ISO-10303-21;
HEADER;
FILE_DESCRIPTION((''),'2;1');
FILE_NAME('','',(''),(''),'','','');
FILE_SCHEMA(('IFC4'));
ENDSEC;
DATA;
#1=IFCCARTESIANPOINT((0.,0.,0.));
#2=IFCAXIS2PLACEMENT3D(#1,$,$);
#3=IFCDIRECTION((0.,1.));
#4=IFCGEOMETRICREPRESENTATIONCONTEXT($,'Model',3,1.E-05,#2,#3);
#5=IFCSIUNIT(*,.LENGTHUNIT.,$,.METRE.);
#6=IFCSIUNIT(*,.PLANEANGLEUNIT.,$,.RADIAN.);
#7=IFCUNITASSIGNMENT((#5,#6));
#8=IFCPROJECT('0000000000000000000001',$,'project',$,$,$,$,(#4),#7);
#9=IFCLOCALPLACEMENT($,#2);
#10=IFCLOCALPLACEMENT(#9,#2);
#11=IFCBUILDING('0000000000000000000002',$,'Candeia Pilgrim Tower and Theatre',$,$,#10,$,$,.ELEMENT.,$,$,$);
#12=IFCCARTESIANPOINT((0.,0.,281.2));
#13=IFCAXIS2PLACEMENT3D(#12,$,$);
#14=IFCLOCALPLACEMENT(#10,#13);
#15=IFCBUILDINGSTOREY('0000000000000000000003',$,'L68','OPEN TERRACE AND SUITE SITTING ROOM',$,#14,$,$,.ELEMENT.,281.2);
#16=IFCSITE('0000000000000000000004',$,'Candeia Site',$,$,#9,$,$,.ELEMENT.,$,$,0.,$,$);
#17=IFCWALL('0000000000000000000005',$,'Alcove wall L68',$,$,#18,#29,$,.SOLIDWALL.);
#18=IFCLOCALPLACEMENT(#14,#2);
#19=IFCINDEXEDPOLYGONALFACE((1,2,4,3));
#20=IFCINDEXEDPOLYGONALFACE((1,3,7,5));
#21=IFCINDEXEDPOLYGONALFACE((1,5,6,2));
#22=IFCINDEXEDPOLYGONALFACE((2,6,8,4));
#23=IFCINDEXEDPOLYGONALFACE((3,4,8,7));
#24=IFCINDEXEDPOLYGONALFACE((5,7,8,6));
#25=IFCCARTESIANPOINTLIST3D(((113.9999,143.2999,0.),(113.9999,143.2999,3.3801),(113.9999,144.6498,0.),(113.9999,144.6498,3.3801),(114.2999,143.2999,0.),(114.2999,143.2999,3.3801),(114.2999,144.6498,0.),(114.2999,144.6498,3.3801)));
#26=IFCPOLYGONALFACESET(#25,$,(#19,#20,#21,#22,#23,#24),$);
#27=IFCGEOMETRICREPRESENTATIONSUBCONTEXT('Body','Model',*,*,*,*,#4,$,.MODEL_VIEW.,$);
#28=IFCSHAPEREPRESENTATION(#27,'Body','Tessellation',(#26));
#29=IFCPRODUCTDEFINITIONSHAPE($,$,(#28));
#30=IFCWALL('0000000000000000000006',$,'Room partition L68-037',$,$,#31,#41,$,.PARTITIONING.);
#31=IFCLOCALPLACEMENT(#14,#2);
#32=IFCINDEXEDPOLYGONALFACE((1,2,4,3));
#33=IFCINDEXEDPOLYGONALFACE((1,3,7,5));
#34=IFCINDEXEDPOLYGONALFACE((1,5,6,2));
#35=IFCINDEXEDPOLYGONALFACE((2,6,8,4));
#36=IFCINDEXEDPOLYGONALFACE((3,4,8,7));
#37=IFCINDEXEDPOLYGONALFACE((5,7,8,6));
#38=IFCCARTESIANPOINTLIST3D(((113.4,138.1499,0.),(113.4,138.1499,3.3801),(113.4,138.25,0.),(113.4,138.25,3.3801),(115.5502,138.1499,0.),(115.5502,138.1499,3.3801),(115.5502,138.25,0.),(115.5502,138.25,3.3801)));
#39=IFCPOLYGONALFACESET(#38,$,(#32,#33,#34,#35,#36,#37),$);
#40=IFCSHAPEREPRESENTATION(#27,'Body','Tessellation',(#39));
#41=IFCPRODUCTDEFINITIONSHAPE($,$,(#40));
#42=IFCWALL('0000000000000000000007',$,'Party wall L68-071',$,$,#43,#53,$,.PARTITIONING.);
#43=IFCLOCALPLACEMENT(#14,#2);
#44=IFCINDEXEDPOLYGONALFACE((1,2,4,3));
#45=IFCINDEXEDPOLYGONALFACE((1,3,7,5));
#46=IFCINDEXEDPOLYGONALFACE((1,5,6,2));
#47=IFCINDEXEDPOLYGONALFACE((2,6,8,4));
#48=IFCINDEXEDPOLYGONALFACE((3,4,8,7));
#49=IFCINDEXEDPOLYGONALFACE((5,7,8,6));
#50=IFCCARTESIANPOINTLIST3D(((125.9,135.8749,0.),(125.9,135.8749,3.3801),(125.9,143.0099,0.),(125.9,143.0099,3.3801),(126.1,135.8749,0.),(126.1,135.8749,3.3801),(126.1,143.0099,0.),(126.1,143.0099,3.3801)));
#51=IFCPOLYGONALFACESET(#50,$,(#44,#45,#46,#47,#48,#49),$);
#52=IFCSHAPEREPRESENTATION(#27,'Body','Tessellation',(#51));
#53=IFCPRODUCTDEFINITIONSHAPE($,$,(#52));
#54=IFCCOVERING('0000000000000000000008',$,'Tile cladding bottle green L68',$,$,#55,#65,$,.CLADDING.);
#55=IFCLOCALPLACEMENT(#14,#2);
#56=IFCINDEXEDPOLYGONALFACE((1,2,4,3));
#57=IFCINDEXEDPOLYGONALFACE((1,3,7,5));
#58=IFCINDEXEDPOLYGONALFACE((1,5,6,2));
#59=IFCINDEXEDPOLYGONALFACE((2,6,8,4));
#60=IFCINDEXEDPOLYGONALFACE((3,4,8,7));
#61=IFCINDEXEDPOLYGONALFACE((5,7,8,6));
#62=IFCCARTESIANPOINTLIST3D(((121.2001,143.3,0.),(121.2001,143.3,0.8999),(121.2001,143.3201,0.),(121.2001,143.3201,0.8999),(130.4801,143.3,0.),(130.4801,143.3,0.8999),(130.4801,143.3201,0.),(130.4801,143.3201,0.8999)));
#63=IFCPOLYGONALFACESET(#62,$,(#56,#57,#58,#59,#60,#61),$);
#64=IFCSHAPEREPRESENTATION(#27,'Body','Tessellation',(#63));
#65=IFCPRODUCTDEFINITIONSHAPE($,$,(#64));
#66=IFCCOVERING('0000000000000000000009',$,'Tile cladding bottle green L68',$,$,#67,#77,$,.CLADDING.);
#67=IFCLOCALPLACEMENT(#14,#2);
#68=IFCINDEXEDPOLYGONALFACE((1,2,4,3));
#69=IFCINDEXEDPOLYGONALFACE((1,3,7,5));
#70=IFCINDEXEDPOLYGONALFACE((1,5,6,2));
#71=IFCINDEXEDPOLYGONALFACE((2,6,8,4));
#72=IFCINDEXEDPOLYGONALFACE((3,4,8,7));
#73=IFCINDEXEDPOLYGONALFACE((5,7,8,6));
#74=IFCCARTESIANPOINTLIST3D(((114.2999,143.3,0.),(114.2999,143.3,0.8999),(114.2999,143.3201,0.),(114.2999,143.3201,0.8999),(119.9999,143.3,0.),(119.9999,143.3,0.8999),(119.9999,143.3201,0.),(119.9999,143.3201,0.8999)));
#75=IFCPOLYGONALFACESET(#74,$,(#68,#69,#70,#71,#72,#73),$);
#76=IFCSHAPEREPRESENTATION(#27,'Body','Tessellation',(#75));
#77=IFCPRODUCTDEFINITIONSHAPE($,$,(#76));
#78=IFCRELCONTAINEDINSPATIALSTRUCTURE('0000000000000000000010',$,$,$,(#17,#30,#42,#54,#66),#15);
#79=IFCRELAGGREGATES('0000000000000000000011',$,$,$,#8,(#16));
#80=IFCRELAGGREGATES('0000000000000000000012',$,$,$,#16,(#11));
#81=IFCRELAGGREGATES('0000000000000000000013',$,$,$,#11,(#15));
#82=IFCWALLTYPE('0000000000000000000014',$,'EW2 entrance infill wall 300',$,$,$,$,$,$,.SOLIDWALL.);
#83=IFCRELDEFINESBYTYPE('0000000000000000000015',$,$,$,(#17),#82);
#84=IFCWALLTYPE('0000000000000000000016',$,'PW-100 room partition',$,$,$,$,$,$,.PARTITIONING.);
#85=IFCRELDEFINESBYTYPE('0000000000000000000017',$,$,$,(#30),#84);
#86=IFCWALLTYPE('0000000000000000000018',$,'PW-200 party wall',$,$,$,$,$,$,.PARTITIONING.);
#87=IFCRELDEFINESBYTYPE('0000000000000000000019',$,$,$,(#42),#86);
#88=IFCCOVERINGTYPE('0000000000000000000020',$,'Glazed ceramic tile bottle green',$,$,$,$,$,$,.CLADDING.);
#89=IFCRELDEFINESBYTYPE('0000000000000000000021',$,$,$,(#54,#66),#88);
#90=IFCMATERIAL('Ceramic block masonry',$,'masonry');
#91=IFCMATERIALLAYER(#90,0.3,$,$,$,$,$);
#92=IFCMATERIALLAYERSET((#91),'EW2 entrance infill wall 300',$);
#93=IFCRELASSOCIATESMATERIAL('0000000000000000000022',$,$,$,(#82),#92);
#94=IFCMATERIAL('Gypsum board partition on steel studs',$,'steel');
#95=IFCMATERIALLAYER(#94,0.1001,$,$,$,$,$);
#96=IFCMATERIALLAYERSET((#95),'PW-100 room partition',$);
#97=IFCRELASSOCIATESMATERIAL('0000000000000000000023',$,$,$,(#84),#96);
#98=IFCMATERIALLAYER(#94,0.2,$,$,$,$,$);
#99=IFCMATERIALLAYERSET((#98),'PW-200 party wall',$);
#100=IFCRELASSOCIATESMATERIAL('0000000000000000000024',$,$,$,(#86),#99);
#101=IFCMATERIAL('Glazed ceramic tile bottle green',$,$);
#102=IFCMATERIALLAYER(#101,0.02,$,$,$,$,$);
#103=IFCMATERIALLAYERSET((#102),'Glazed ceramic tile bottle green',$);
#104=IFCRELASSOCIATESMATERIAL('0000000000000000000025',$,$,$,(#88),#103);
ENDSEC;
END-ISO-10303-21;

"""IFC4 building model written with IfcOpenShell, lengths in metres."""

from ifc_helpers import new_model, si_unit, direction, frame, frame_2d, origin, origin_2d, place, context, subcontext, project, spatial, rectangle, extrude, material, layer, layer_set, type_object, element, save


model = new_model("IFC4")

# Units and contexts
model_context = context("Model", 3, precision=1e-05, world=origin(), true_north=direction((0.0, 1.0)))
body_context = subcontext(model_context, "Body", "Model", "MODEL_VIEW")
ifc_project = project(units=[si_unit("LENGTHUNIT", "METRE"), si_unit("PLANEANGLEUNIT", "RADIAN")], contexts=[model_context])

# Site, building, storey
site_placement = place(None, origin())
site = spatial("IfcSite", under=ifc_project, at=site_placement, Name="Candeia Site", CompositionType="ELEMENT", RefElevation=0.0)
building_placement = place(site_placement, origin())
building = spatial("IfcBuilding", under=site, at=building_placement, Name="Candeia Pilgrim Tower and Theatre", CompositionType="ELEMENT")
storey_placement = place(building_placement, frame((0.0, 0.0, 281.2)))
storey = spatial("IfcBuildingStorey", under=building, at=storey_placement, Name="L68", Description="OPEN TERRACE AND SUITE SITTING ROOM", CompositionType="ELEMENT", Elevation=281.2)

# Shared definitions
ifc_material_1 = material(Name="Ceramic block masonry", Category="masonry")

# Wall
ifc_layer_1 = layer(ifc_material_1, 0.3)
ifc_layer_set_1 = layer_set([ifc_layer_1], Name="EW2 entrance infill wall 300")
wall_type_1 = type_object("IfcWallType", Name="EW2 entrance infill wall 300", PredefinedType="SOLIDWALL", material=ifc_layer_set_1)
wall_1_placement = place(storey_placement, frame((114.1499, 143.3, 0.0), z_axis=(0.0, 0.0, 1.0), x_axis=(0.0, 1.0, 0.0)))
element("IfcWall", 1, at=wall_1_placement, inside=storey, type_object=wall_type_1, Name="Alcove wall L68", PredefinedType="SOLIDWALL", context=body_context, shape_type="SweptSolid", body=[
    extrude(rectangle(XDim=1.3499, YDim=0.3, at=frame_2d((0.6748, 0.0))), origin(), (0.0, 0.0, 1.0), 3.3801),
])

# Walls
ifc_material_2 = material(Name="Gypsum board partition on steel studs", Category="steel")
ifc_layer_2 = layer(ifc_material_2, 0.1001)
ifc_layer_set_2 = layer_set([ifc_layer_2], Name="PW-100 room partition")
wall_type_2 = type_object("IfcWallType", Name="PW-100 room partition", PredefinedType="PARTITIONING", material=ifc_layer_set_2)
wall_2_placement = place(storey_placement, frame((113.3999, 138.2, 0.0), z_axis=(0.0, 0.0, 1.0), x_axis=(1.0, 0.0, 0.0)))
element("IfcWall", 2, at=wall_2_placement, inside=storey, type_object=wall_type_2, Name="Room partition L68-037", PredefinedType="PARTITIONING", context=body_context, shape_type="SweptSolid", body=[
    extrude(rectangle(XDim=2.1501, YDim=0.1001, at=frame_2d((1.0752, 0.0))), origin(), (0.0, 0.0, 1.0), 3.3801),
])
ifc_layer_3 = layer(ifc_material_2, 0.2)
ifc_layer_set_3 = layer_set([ifc_layer_3], Name="PW-200 party wall")
wall_type_3 = type_object("IfcWallType", Name="PW-200 party wall", PredefinedType="PARTITIONING", material=ifc_layer_set_3)
wall_3_placement = place(storey_placement, frame((126.0, 135.875, 0.0), z_axis=(0.0, 0.0, 1.0), x_axis=(0.0, 1.0, 0.0)))
element("IfcWall", 3, at=wall_3_placement, inside=storey, type_object=wall_type_3, Name="Party wall L68-071", PredefinedType="PARTITIONING", context=body_context, shape_type="SweptSolid", body=[
    extrude(rectangle(XDim=7.135, YDim=0.2, at=frame_2d((3.5674, 0.0))), origin(), (0.0, 0.0, 1.0), 3.3801),
])

# Coverings
ifc_material_3 = material(Name="Glazed ceramic tile bottle green")
ifc_layer_4 = layer(ifc_material_3, 0.02)
ifc_layer_set_4 = layer_set([ifc_layer_4], Name="Glazed ceramic tile bottle green")
covering_type = type_object("IfcCoveringType", Name="Glazed ceramic tile bottle green", PredefinedType="CLADDING", material=ifc_layer_set_4)
covering_1_placement = place(storey_placement, frame((125.8401, 143.3101, 0.0), z_axis=(0.0, 0.0, 1.0), x_axis=(-1.0, 0.0, 0.0)))
element("IfcCovering", 4, at=covering_1_placement, inside=storey, type_object=covering_type, Name="Tile cladding bottle green L68", PredefinedType="CLADDING", context=body_context, shape_type="SweptSolid", body=[
    extrude(rectangle(XDim=9.28, YDim=0.02, at=origin_2d()), origin(), (0.0, 0.0, 1.0), 0.8999),
])
covering_2_placement = place(storey_placement, frame((117.1499, 143.3101, 0.0), z_axis=(0.0, 0.0, 1.0), x_axis=(-1.0, 0.0, 0.0)))
element("IfcCovering", 5, at=covering_2_placement, inside=storey, type_object=covering_type, Name="Tile cladding bottle green L68", PredefinedType="CLADDING", context=body_context, shape_type="SweptSolid", body=[
    extrude(rectangle(XDim=5.7, YDim=0.02, at=origin_2d()), origin(), (0.0, 0.0, 1.0), 0.8999),
])

save(model, "model.ifc")
